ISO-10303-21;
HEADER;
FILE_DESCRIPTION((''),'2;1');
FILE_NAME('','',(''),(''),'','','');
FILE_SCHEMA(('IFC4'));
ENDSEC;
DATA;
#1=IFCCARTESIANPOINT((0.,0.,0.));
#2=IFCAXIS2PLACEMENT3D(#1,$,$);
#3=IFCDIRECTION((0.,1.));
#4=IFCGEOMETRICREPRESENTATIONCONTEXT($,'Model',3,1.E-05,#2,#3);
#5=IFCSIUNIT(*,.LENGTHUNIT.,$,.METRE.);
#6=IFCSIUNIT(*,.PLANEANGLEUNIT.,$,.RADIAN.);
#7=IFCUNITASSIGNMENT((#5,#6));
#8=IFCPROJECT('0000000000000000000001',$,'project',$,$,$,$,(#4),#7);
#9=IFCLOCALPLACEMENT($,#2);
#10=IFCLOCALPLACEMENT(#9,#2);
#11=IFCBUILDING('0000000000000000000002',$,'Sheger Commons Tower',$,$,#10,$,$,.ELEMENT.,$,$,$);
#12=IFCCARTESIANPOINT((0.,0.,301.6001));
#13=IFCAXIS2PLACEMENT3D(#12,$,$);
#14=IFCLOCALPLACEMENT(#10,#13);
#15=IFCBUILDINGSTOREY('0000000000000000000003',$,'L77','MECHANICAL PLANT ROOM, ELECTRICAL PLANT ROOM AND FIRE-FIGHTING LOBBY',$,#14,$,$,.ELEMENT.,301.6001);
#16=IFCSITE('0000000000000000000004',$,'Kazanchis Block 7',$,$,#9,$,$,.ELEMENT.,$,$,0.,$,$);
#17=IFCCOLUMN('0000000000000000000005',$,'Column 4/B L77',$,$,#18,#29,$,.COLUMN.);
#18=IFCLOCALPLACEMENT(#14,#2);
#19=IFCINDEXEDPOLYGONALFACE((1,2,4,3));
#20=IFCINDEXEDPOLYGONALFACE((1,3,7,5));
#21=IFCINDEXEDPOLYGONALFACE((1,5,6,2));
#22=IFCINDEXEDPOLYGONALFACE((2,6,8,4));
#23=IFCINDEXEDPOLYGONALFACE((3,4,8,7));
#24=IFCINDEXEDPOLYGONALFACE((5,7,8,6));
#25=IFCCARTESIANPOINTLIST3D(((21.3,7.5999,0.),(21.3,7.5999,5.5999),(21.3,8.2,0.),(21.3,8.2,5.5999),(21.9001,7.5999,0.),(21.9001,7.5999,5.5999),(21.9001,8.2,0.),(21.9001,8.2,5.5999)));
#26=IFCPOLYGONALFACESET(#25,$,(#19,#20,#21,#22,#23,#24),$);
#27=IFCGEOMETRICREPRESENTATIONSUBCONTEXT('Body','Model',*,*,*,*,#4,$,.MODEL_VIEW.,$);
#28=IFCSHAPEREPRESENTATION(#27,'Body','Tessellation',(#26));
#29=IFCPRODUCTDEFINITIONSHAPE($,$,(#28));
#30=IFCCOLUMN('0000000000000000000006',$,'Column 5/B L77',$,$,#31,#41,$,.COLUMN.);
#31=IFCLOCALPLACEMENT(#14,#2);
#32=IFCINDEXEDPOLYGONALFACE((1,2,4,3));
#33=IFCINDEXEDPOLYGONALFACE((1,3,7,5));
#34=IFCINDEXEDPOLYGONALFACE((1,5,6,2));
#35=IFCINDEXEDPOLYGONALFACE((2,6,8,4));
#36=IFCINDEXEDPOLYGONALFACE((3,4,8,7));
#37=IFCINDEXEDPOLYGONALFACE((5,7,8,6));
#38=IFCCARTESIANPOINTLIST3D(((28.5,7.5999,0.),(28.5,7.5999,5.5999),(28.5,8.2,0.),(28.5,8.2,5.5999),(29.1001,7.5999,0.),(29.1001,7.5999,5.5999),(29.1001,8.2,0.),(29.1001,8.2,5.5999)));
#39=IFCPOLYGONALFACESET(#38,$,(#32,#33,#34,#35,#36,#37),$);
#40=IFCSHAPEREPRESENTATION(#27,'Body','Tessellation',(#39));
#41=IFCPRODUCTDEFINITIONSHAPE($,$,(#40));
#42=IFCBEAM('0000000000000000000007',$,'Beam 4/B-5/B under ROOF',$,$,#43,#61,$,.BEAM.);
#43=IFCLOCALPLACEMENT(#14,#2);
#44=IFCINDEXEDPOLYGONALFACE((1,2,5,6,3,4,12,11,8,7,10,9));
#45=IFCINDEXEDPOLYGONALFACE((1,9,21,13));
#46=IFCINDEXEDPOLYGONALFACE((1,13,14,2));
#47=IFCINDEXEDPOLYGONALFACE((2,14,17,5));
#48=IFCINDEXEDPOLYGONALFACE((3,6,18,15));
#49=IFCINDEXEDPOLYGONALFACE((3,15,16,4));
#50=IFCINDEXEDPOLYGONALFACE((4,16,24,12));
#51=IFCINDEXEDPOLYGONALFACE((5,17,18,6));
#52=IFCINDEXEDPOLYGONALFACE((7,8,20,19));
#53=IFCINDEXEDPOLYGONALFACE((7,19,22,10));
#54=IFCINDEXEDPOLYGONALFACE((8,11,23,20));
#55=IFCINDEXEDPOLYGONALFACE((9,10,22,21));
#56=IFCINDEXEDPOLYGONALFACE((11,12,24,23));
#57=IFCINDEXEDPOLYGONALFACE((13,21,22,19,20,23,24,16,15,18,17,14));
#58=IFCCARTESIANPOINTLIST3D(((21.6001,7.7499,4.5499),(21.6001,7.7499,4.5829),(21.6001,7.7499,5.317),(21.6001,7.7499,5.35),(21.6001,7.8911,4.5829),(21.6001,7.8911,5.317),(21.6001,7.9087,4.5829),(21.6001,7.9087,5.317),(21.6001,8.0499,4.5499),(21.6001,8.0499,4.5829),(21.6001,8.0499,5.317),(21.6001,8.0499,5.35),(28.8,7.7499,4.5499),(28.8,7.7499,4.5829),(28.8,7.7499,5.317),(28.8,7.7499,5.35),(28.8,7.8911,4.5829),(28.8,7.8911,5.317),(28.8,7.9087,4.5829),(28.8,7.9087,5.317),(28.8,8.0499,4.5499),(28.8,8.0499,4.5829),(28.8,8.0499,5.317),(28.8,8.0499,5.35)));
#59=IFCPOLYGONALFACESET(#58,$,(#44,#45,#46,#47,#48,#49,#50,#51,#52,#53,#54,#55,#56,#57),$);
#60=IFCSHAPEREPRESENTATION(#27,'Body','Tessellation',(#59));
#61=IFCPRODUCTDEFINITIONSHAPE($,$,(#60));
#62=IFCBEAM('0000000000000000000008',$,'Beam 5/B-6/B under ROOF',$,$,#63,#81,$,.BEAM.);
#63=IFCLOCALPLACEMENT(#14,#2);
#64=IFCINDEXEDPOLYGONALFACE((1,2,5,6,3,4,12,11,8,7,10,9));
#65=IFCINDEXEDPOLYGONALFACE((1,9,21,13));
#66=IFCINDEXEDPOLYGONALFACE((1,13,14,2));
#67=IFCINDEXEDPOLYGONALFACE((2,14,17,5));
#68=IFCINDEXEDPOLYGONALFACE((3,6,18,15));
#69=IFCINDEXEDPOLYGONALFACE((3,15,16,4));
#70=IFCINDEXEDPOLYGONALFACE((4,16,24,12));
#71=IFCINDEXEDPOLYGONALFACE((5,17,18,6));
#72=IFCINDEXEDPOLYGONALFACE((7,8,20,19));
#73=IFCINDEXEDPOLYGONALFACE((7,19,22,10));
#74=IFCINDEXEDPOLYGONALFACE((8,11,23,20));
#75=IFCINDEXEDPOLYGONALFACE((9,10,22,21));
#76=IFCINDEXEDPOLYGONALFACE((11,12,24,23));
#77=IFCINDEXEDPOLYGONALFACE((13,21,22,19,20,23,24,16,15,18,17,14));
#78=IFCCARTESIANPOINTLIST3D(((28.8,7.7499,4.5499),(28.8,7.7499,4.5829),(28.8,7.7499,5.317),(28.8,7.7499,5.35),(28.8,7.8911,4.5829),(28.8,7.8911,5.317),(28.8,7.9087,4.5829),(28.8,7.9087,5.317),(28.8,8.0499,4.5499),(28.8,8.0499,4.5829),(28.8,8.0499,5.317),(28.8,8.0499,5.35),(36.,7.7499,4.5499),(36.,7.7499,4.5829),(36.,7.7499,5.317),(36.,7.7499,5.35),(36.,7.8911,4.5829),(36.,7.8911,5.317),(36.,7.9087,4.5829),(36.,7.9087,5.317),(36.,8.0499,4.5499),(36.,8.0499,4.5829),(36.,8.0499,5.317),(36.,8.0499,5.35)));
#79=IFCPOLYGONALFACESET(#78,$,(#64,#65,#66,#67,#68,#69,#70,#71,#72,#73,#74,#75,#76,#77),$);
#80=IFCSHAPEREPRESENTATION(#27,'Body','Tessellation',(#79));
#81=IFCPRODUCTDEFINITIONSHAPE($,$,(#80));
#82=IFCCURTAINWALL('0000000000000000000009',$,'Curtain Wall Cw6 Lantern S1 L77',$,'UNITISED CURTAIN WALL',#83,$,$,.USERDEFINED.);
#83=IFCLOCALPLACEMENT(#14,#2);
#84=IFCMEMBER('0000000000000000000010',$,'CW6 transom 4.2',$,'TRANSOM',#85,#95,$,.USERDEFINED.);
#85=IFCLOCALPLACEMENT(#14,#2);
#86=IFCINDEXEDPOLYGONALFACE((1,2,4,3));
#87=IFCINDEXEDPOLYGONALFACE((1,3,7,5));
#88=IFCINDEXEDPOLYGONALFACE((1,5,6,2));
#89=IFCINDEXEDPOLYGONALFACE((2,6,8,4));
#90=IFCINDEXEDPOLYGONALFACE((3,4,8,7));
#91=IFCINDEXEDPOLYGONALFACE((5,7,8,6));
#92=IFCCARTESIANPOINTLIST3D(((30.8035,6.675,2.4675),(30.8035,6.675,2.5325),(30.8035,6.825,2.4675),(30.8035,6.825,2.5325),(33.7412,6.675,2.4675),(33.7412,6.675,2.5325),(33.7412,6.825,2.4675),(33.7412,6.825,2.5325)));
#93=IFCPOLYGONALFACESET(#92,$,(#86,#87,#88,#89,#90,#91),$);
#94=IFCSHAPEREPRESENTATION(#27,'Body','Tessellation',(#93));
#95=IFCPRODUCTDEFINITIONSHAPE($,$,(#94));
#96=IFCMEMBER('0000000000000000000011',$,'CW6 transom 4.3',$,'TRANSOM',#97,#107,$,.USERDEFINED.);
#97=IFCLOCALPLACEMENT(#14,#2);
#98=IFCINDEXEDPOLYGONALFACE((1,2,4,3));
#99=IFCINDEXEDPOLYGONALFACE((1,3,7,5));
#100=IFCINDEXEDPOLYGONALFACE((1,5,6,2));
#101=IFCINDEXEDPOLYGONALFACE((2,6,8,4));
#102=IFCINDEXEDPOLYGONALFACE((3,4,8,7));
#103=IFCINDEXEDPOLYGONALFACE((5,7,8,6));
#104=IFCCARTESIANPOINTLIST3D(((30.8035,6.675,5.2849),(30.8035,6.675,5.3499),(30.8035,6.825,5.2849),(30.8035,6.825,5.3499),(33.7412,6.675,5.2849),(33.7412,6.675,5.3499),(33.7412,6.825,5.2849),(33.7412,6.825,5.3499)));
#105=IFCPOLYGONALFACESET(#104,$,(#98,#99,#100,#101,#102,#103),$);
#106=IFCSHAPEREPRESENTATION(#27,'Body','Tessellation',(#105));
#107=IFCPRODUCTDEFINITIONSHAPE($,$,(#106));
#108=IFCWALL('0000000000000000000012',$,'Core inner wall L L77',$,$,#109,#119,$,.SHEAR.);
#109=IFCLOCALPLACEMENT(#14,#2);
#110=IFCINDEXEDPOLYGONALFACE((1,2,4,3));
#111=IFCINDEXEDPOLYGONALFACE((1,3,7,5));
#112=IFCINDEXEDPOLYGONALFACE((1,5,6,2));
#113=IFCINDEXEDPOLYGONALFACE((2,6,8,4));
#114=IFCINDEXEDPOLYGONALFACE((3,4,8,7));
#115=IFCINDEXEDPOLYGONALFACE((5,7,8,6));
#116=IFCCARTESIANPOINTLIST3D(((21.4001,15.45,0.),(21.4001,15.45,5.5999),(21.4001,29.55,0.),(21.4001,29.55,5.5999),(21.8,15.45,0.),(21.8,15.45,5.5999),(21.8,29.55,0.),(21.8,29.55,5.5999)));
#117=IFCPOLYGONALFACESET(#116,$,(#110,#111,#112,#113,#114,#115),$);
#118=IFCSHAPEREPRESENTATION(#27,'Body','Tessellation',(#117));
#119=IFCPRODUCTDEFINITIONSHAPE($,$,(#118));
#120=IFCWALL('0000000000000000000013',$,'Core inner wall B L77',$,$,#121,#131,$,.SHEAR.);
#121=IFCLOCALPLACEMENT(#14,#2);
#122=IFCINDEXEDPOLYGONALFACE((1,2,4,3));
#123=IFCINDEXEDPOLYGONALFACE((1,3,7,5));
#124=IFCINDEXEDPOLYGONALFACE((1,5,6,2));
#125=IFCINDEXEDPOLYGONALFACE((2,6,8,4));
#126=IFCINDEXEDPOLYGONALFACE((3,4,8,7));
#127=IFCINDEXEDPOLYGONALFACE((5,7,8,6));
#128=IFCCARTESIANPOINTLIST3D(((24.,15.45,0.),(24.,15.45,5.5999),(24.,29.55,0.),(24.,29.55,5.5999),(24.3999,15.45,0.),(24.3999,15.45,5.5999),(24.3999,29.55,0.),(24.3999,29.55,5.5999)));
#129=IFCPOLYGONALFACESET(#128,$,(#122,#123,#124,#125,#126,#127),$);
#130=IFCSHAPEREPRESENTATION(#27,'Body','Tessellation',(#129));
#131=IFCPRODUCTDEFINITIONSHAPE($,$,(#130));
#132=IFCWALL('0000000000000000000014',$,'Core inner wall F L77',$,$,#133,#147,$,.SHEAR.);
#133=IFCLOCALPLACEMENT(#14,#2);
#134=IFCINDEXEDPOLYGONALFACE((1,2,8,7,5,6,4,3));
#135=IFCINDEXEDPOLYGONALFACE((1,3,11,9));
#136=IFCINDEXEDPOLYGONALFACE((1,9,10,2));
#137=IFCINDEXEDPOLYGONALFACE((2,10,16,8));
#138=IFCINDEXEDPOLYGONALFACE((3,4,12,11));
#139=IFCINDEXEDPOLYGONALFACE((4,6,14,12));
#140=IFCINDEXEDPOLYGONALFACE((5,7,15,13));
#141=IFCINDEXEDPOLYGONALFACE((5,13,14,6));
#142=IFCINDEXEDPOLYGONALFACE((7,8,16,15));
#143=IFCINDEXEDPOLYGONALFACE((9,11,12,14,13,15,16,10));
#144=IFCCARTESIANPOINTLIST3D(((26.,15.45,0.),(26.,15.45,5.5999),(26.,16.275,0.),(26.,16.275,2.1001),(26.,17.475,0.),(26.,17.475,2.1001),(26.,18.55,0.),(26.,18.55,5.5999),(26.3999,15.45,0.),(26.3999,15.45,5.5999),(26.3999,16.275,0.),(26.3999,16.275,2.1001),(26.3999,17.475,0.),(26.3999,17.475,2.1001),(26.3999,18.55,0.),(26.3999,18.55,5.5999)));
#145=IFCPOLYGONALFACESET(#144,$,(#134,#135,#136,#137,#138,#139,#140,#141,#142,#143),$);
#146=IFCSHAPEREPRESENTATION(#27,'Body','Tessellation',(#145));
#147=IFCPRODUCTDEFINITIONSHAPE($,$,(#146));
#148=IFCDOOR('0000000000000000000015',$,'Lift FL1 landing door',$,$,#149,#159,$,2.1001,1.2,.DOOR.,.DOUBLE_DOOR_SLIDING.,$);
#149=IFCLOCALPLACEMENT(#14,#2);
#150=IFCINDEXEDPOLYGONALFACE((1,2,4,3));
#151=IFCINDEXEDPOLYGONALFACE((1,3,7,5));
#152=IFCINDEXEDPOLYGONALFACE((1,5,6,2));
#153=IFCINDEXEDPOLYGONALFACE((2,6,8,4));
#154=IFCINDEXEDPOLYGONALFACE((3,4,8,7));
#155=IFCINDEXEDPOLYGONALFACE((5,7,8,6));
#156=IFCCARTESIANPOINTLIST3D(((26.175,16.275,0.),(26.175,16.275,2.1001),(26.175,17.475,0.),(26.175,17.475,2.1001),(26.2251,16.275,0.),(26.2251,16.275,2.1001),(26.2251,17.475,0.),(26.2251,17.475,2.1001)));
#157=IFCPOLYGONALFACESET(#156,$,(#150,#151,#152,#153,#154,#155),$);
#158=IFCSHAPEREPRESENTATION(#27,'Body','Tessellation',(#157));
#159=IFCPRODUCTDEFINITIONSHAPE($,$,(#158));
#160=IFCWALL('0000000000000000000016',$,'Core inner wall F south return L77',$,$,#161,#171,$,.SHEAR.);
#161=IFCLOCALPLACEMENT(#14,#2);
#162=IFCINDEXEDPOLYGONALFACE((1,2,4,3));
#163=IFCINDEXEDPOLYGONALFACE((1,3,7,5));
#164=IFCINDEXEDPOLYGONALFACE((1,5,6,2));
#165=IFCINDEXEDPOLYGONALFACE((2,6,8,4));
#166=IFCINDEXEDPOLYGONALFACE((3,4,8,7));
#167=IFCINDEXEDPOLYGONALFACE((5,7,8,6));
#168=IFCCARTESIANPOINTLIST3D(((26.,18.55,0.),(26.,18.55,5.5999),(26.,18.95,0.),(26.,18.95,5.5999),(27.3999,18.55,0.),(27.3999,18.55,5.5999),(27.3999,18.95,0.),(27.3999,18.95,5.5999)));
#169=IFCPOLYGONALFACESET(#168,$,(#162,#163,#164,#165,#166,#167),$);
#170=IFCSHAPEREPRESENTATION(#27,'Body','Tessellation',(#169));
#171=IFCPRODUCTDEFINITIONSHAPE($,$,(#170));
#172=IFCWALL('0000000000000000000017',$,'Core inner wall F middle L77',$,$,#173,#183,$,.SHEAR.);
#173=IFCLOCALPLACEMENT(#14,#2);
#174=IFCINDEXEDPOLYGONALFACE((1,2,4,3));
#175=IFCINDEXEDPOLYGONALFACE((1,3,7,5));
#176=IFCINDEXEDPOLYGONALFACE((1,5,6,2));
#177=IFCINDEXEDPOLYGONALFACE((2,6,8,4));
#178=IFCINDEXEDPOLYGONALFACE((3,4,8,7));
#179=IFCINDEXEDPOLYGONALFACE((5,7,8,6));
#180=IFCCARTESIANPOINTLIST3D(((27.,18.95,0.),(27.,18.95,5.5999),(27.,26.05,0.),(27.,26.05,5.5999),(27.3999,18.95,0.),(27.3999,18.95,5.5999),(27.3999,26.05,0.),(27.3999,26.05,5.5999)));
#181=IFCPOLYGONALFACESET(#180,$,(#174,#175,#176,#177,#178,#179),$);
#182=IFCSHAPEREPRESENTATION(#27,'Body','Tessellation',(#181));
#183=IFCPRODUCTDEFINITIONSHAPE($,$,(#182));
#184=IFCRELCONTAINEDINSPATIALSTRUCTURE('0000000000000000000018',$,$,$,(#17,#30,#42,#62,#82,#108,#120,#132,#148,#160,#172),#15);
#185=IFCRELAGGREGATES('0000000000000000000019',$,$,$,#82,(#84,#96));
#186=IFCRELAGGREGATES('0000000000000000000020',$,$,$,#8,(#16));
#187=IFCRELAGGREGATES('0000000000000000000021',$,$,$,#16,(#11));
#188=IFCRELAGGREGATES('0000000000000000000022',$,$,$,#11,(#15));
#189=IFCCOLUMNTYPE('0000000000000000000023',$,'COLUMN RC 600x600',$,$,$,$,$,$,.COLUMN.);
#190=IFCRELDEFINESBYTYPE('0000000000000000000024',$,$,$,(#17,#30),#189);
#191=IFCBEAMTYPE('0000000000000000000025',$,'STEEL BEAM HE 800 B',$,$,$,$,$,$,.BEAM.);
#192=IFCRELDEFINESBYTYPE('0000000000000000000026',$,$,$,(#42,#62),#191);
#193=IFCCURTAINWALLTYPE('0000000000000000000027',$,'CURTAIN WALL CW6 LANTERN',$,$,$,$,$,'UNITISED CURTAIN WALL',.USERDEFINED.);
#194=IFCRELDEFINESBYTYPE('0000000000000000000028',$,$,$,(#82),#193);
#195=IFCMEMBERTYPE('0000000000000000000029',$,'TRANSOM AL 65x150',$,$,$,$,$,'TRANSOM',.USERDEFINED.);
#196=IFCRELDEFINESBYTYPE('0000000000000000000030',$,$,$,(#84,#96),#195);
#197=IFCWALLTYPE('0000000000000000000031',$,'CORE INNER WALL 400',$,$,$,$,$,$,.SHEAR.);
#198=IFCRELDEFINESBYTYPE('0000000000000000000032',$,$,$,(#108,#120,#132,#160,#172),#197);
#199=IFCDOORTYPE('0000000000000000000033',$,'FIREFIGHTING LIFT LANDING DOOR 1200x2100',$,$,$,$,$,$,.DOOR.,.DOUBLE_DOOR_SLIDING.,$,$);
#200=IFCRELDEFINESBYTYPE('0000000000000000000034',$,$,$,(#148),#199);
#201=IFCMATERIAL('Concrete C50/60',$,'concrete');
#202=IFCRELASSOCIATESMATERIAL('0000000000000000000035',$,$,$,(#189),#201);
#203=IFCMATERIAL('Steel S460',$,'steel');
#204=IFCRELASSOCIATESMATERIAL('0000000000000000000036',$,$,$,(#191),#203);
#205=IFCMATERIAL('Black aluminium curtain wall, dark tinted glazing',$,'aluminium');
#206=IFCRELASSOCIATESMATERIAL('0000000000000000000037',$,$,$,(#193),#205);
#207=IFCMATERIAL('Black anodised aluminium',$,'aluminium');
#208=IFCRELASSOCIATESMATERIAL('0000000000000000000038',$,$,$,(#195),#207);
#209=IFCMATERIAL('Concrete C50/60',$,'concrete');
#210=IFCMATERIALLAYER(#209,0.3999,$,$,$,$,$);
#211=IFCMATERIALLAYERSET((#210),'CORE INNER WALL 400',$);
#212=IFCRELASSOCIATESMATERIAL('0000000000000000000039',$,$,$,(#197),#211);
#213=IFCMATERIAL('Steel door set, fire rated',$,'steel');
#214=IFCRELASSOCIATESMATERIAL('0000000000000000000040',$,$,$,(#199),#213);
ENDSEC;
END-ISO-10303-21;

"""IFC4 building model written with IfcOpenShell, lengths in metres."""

from ifc_helpers import new_model, si_unit, direction, frame, frame_2d, origin, origin_2d, place, context, subcontext, project, spatial, rectangle, i_section, extrude, material, layer, layer_set, material_profile, profile_set, type_object, element, fill, aggregate, save


model = new_model("IFC4")

# Units and contexts
model_context = context("Model", 3, precision=1e-05, world=origin(), true_north=direction((0.0, 1.0)))
body_context = subcontext(model_context, "Body", "Model", "MODEL_VIEW")
ifc_project = project(units=[si_unit("LENGTHUNIT", "METRE"), si_unit("PLANEANGLEUNIT", "RADIAN")], contexts=[model_context])

# Site, building, storey
site_placement = place(None, origin())
site = spatial("IfcSite", under=ifc_project, at=site_placement, Name="Kazanchis Block 7", CompositionType="ELEMENT", RefElevation=0.0)
building_placement = place(site_placement, origin())
building = spatial("IfcBuilding", under=site, at=building_placement, Name="Sheger Commons Tower", CompositionType="ELEMENT")
storey_placement = place(building_placement, frame((0.0, 0.0, 301.6001)))
storey = spatial("IfcBuildingStorey", under=building, at=storey_placement, Name="L77", Description="MECHANICAL PLANT ROOM, ELECTRICAL PLANT ROOM AND FIRE-FIGHTING LOBBY", CompositionType="ELEMENT", Elevation=301.6001)

# Columns
ifc_material_1 = material(Name="Concrete C50/60", Category="concrete")
ifc_material_profile_1 = material_profile(ifc_material_1, rectangle(XDim=0.6001, YDim=0.6001, at=origin_2d()), Name="RC 600x600")
ifc_profile_set_1 = profile_set([ifc_material_profile_1], Name="Concrete C50/60")
column_type = type_object("IfcColumnType", Name="COLUMN RC 600x600", PredefinedType="COLUMN", material=ifc_profile_set_1)
for number, where, z_axis, x_axis, name in (
    (1, (21.6001, 7.8999, 0.0), (0.0, 0.0, 1.0), (1.0, 0.0, 0.0), "Column 4/B L77"),
    (2, (28.8, 7.8999, 0.0), (0.0, 0.0, 1.0), (1.0, 0.0, 0.0), "Column 5/B L77"),
):
    element("IfcColumn", number, at=place(storey_placement, frame(where, z_axis=z_axis, x_axis=x_axis)), inside=storey, type_object=column_type, Name=name, PredefinedType="COLUMN", context=body_context, shape_type="SweptSolid", body=[
        extrude(rectangle(XDim=0.6001, YDim=0.6001, at=origin_2d()), origin(), (0.0, 0.0, 1.0), 5.5999),
    ])

# Beams
ifc_material_2 = material(Name="Steel S460", Category="steel")
ifc_material_profile_2 = material_profile(ifc_material_2, i_section(OverallWidth=0.3, OverallDepth=0.8, WebThickness=0.0176, FlangeThickness=0.033, at=origin_2d()), Name="HE 800 B")
ifc_profile_set_2 = profile_set([ifc_material_profile_2], Name="Steel S460")
beam_type = type_object("IfcBeamType", Name="STEEL BEAM HE 800 B", PredefinedType="BEAM", material=ifc_profile_set_2)
for number, where, z_axis, x_axis, name in (
    (3, (21.6001, 7.8999, 4.95), (1.0, 0.0, 0.0), (0.0, 1.0, 0.0), "Beam 4/B-5/B under ROOF"),
    (4, (28.8, 7.8999, 4.95), (1.0, 0.0, 0.0), (0.0, 1.0, 0.0), "Beam 5/B-6/B under ROOF"),
):
    element("IfcBeam", number, at=place(storey_placement, frame(where, z_axis=z_axis, x_axis=x_axis)), inside=storey, type_object=beam_type, Name=name, PredefinedType="BEAM", context=body_context, shape_type="SweptSolid", body=[
        extrude(i_section(OverallWidth=0.3, OverallDepth=0.8, WebThickness=0.0176, FlangeThickness=0.033, at=origin_2d()), origin(), (0.0, 0.0, 1.0), 7.2),
    ])

# Curtain wall, members
ifc_material_3 = material(Name="Black aluminium curtain wall, dark tinted glazing", Category="aluminium")
curtain_wall_type = type_object("IfcCurtainWallType", Name="CURTAIN WALL CW6 LANTERN", ElementType="UNITISED CURTAIN WALL", PredefinedType="USERDEFINED", material=ifc_material_3)
curtain_wall_placement = place(storey_placement, origin())
curtain_wall = element("IfcCurtainWall", 5, at=curtain_wall_placement, inside=storey, type_object=curtain_wall_type, Name="Curtain Wall Cw6 Lantern S1 L77", ObjectType="UNITISED CURTAIN WALL", PredefinedType="USERDEFINED")
ifc_material_4 = material(Name="Black anodised aluminium", Category="aluminium")
ifc_material_profile_3 = material_profile(ifc_material_4, rectangle(XDim=0.1499, YDim=0.0649, at=origin_2d()), Name="AL 65x150")
ifc_profile_set_3 = profile_set([ifc_material_profile_3], Name="Black anodised aluminium")
member_type = type_object("IfcMemberType", Name="TRANSOM AL 65x150", ElementType="TRANSOM", PredefinedType="USERDEFINED", material=ifc_profile_set_3)
member_1_placement = place(storey_placement, frame((30.8035, 6.75, 2.5), z_axis=(1.0, 0.0, 0.0), x_axis=(0.0, 1.0, 0.0)))
member_1 = element("IfcMember", 6, at=member_1_placement, type_object=member_type, Name="CW6 transom 4.2", ObjectType="TRANSOM", PredefinedType="USERDEFINED", context=body_context, shape_type="SweptSolid", body=[
    extrude(rectangle(XDim=0.1499, YDim=0.0649, at=origin_2d()), origin(), (0.0, 0.0, 1.0), 2.9377),
])
member_2_placement = place(storey_placement, frame((30.8035, 6.75, 5.3174), z_axis=(1.0, 0.0, 0.0), x_axis=(0.0, 1.0, 0.0)))
member_2 = element("IfcMember", 7, at=member_2_placement, type_object=member_type, Name="CW6 transom 4.3", ObjectType="TRANSOM", PredefinedType="USERDEFINED", context=body_context, shape_type="SweptSolid", body=[
    extrude(rectangle(XDim=0.1499, YDim=0.0649, at=origin_2d()), origin(), (0.0, 0.0, 1.0), 2.9377),
])
aggregate(curtain_wall, [member_1, member_2])

# Walls
ifc_material_5 = material(Name="Concrete C50/60", Category="concrete")
ifc_layer_1 = layer(ifc_material_5, 0.3999)
ifc_layer_set_1 = layer_set([ifc_layer_1], Name="CORE INNER WALL 400")
wall_type_1 = type_object("IfcWallType", Name="CORE INNER WALL 400", PredefinedType="SHEAR", material=ifc_layer_set_1)
for number, where, z_axis, x_axis, name in (
    (8, (21.6001, 15.45, 0.0), (0.0, 0.0, 1.0), (0.0, 1.0, 0.0), "Core inner wall L L77"),
    (9, (24.2, 15.45, 0.0), (0.0, 0.0, 1.0), (0.0, 1.0, 0.0), "Core inner wall B L77"),
):
    element("IfcWall", number, at=place(storey_placement, frame(where, z_axis=z_axis, x_axis=x_axis)), inside=storey, type_object=wall_type_1, Name=name, PredefinedType="SHEAR", context=body_context, shape_type="SweptSolid", body=[
        extrude(rectangle(XDim=14.1001, YDim=0.3999, at=frame_2d((7.05, 0.0))), origin(), (0.0, 0.0, 1.0), 5.5999),
    ])

# Wall, opening, door
wall_1_placement = place(storey_placement, frame((26.2, 15.45, 0.0), z_axis=(0.0, 0.0, 1.0), x_axis=(0.0, 1.0, 0.0)))
wall_1 = element("IfcWall", 10, at=wall_1_placement, inside=storey, type_object=wall_type_1, Name="Core inner wall F L77", PredefinedType="SHEAR", context=body_context, shape_type="SweptSolid", body=[
    extrude(rectangle(XDim=3.1001, YDim=0.3999, at=frame_2d((1.55, 0.0))), origin(), (0.0, 0.0, 1.0), 5.5999),
])
opening_1_placement = place(wall_1_placement, frame((0.825, 0.0, 0.0)))
opening_1 = element("IfcOpeningElement", 11, at=opening_1_placement, cuts=wall_1, PredefinedType="OPENING", context=body_context, shape_type="SweptSolid", body=[
    extrude(rectangle(XDim=1.2, YDim=2.1001, at=frame_2d((0.6001, 1.05))), frame((0.0, 0.21, 0.0), z_axis=(0.0, -1.0, 0.0), x_axis=(1.0, 0.0, 0.0)), (0.0, 0.0, 1.0), 0.4199),
])
ifc_material_6 = material(Name="Steel door set, fire rated", Category="steel")
door_type_1 = type_object("IfcDoorType", Name="FIREFIGHTING LIFT LANDING DOOR 1200x2100", OperationType="DOUBLE_DOOR_SLIDING", PredefinedType="DOOR", material=ifc_material_6)
door_1_placement = place(opening_1_placement, origin())
door_1 = element("IfcDoor", 12, at=door_1_placement, inside=storey, type_object=door_type_1, Name="Lift FL1 landing door", OperationType="DOUBLE_DOOR_SLIDING", OverallHeight=2.1001, OverallWidth=1.2, PredefinedType="DOOR", context=body_context, shape_type="SweptSolid", body=[
    extrude(rectangle(XDim=1.2, YDim=2.1001, at=frame_2d((0.6001, 1.05))), frame((0.0, 0.0249, 0.0), z_axis=(0.0, -1.0, 0.0), x_axis=(1.0, 0.0, 0.0)), (0.0, 0.0, 1.0), 0.05),
])
fill(opening_1, door_1)

# Walls
wall_2_placement = place(storey_placement, frame((26.0, 18.75, 0.0), z_axis=(0.0, 0.0, 1.0), x_axis=(1.0, 0.0, 0.0)))
element("IfcWall", 13, at=wall_2_placement, inside=storey, type_object=wall_type_1, Name="Core inner wall F south return L77", PredefinedType="SHEAR", context=body_context, shape_type="SweptSolid", body=[
    extrude(rectangle(XDim=1.3999, YDim=0.3999, at=frame_2d((0.7, 0.0))), origin(), (0.0, 0.0, 1.0), 5.5999),
])
wall_3_placement = place(storey_placement, frame((27.2, 18.95, 0.0), z_axis=(0.0, 0.0, 1.0), x_axis=(0.0, 1.0, 0.0)))
element("IfcWall", 14, at=wall_3_placement, inside=storey, type_object=wall_type_1, Name="Core inner wall F middle L77", PredefinedType="SHEAR", context=body_context, shape_type="SweptSolid", body=[
    extrude(rectangle(XDim=7.1001, YDim=0.3999, at=frame_2d((3.55, 0.0))), origin(), (0.0, 0.0, 1.0), 5.5999),
])

save(model, "model.ifc")
